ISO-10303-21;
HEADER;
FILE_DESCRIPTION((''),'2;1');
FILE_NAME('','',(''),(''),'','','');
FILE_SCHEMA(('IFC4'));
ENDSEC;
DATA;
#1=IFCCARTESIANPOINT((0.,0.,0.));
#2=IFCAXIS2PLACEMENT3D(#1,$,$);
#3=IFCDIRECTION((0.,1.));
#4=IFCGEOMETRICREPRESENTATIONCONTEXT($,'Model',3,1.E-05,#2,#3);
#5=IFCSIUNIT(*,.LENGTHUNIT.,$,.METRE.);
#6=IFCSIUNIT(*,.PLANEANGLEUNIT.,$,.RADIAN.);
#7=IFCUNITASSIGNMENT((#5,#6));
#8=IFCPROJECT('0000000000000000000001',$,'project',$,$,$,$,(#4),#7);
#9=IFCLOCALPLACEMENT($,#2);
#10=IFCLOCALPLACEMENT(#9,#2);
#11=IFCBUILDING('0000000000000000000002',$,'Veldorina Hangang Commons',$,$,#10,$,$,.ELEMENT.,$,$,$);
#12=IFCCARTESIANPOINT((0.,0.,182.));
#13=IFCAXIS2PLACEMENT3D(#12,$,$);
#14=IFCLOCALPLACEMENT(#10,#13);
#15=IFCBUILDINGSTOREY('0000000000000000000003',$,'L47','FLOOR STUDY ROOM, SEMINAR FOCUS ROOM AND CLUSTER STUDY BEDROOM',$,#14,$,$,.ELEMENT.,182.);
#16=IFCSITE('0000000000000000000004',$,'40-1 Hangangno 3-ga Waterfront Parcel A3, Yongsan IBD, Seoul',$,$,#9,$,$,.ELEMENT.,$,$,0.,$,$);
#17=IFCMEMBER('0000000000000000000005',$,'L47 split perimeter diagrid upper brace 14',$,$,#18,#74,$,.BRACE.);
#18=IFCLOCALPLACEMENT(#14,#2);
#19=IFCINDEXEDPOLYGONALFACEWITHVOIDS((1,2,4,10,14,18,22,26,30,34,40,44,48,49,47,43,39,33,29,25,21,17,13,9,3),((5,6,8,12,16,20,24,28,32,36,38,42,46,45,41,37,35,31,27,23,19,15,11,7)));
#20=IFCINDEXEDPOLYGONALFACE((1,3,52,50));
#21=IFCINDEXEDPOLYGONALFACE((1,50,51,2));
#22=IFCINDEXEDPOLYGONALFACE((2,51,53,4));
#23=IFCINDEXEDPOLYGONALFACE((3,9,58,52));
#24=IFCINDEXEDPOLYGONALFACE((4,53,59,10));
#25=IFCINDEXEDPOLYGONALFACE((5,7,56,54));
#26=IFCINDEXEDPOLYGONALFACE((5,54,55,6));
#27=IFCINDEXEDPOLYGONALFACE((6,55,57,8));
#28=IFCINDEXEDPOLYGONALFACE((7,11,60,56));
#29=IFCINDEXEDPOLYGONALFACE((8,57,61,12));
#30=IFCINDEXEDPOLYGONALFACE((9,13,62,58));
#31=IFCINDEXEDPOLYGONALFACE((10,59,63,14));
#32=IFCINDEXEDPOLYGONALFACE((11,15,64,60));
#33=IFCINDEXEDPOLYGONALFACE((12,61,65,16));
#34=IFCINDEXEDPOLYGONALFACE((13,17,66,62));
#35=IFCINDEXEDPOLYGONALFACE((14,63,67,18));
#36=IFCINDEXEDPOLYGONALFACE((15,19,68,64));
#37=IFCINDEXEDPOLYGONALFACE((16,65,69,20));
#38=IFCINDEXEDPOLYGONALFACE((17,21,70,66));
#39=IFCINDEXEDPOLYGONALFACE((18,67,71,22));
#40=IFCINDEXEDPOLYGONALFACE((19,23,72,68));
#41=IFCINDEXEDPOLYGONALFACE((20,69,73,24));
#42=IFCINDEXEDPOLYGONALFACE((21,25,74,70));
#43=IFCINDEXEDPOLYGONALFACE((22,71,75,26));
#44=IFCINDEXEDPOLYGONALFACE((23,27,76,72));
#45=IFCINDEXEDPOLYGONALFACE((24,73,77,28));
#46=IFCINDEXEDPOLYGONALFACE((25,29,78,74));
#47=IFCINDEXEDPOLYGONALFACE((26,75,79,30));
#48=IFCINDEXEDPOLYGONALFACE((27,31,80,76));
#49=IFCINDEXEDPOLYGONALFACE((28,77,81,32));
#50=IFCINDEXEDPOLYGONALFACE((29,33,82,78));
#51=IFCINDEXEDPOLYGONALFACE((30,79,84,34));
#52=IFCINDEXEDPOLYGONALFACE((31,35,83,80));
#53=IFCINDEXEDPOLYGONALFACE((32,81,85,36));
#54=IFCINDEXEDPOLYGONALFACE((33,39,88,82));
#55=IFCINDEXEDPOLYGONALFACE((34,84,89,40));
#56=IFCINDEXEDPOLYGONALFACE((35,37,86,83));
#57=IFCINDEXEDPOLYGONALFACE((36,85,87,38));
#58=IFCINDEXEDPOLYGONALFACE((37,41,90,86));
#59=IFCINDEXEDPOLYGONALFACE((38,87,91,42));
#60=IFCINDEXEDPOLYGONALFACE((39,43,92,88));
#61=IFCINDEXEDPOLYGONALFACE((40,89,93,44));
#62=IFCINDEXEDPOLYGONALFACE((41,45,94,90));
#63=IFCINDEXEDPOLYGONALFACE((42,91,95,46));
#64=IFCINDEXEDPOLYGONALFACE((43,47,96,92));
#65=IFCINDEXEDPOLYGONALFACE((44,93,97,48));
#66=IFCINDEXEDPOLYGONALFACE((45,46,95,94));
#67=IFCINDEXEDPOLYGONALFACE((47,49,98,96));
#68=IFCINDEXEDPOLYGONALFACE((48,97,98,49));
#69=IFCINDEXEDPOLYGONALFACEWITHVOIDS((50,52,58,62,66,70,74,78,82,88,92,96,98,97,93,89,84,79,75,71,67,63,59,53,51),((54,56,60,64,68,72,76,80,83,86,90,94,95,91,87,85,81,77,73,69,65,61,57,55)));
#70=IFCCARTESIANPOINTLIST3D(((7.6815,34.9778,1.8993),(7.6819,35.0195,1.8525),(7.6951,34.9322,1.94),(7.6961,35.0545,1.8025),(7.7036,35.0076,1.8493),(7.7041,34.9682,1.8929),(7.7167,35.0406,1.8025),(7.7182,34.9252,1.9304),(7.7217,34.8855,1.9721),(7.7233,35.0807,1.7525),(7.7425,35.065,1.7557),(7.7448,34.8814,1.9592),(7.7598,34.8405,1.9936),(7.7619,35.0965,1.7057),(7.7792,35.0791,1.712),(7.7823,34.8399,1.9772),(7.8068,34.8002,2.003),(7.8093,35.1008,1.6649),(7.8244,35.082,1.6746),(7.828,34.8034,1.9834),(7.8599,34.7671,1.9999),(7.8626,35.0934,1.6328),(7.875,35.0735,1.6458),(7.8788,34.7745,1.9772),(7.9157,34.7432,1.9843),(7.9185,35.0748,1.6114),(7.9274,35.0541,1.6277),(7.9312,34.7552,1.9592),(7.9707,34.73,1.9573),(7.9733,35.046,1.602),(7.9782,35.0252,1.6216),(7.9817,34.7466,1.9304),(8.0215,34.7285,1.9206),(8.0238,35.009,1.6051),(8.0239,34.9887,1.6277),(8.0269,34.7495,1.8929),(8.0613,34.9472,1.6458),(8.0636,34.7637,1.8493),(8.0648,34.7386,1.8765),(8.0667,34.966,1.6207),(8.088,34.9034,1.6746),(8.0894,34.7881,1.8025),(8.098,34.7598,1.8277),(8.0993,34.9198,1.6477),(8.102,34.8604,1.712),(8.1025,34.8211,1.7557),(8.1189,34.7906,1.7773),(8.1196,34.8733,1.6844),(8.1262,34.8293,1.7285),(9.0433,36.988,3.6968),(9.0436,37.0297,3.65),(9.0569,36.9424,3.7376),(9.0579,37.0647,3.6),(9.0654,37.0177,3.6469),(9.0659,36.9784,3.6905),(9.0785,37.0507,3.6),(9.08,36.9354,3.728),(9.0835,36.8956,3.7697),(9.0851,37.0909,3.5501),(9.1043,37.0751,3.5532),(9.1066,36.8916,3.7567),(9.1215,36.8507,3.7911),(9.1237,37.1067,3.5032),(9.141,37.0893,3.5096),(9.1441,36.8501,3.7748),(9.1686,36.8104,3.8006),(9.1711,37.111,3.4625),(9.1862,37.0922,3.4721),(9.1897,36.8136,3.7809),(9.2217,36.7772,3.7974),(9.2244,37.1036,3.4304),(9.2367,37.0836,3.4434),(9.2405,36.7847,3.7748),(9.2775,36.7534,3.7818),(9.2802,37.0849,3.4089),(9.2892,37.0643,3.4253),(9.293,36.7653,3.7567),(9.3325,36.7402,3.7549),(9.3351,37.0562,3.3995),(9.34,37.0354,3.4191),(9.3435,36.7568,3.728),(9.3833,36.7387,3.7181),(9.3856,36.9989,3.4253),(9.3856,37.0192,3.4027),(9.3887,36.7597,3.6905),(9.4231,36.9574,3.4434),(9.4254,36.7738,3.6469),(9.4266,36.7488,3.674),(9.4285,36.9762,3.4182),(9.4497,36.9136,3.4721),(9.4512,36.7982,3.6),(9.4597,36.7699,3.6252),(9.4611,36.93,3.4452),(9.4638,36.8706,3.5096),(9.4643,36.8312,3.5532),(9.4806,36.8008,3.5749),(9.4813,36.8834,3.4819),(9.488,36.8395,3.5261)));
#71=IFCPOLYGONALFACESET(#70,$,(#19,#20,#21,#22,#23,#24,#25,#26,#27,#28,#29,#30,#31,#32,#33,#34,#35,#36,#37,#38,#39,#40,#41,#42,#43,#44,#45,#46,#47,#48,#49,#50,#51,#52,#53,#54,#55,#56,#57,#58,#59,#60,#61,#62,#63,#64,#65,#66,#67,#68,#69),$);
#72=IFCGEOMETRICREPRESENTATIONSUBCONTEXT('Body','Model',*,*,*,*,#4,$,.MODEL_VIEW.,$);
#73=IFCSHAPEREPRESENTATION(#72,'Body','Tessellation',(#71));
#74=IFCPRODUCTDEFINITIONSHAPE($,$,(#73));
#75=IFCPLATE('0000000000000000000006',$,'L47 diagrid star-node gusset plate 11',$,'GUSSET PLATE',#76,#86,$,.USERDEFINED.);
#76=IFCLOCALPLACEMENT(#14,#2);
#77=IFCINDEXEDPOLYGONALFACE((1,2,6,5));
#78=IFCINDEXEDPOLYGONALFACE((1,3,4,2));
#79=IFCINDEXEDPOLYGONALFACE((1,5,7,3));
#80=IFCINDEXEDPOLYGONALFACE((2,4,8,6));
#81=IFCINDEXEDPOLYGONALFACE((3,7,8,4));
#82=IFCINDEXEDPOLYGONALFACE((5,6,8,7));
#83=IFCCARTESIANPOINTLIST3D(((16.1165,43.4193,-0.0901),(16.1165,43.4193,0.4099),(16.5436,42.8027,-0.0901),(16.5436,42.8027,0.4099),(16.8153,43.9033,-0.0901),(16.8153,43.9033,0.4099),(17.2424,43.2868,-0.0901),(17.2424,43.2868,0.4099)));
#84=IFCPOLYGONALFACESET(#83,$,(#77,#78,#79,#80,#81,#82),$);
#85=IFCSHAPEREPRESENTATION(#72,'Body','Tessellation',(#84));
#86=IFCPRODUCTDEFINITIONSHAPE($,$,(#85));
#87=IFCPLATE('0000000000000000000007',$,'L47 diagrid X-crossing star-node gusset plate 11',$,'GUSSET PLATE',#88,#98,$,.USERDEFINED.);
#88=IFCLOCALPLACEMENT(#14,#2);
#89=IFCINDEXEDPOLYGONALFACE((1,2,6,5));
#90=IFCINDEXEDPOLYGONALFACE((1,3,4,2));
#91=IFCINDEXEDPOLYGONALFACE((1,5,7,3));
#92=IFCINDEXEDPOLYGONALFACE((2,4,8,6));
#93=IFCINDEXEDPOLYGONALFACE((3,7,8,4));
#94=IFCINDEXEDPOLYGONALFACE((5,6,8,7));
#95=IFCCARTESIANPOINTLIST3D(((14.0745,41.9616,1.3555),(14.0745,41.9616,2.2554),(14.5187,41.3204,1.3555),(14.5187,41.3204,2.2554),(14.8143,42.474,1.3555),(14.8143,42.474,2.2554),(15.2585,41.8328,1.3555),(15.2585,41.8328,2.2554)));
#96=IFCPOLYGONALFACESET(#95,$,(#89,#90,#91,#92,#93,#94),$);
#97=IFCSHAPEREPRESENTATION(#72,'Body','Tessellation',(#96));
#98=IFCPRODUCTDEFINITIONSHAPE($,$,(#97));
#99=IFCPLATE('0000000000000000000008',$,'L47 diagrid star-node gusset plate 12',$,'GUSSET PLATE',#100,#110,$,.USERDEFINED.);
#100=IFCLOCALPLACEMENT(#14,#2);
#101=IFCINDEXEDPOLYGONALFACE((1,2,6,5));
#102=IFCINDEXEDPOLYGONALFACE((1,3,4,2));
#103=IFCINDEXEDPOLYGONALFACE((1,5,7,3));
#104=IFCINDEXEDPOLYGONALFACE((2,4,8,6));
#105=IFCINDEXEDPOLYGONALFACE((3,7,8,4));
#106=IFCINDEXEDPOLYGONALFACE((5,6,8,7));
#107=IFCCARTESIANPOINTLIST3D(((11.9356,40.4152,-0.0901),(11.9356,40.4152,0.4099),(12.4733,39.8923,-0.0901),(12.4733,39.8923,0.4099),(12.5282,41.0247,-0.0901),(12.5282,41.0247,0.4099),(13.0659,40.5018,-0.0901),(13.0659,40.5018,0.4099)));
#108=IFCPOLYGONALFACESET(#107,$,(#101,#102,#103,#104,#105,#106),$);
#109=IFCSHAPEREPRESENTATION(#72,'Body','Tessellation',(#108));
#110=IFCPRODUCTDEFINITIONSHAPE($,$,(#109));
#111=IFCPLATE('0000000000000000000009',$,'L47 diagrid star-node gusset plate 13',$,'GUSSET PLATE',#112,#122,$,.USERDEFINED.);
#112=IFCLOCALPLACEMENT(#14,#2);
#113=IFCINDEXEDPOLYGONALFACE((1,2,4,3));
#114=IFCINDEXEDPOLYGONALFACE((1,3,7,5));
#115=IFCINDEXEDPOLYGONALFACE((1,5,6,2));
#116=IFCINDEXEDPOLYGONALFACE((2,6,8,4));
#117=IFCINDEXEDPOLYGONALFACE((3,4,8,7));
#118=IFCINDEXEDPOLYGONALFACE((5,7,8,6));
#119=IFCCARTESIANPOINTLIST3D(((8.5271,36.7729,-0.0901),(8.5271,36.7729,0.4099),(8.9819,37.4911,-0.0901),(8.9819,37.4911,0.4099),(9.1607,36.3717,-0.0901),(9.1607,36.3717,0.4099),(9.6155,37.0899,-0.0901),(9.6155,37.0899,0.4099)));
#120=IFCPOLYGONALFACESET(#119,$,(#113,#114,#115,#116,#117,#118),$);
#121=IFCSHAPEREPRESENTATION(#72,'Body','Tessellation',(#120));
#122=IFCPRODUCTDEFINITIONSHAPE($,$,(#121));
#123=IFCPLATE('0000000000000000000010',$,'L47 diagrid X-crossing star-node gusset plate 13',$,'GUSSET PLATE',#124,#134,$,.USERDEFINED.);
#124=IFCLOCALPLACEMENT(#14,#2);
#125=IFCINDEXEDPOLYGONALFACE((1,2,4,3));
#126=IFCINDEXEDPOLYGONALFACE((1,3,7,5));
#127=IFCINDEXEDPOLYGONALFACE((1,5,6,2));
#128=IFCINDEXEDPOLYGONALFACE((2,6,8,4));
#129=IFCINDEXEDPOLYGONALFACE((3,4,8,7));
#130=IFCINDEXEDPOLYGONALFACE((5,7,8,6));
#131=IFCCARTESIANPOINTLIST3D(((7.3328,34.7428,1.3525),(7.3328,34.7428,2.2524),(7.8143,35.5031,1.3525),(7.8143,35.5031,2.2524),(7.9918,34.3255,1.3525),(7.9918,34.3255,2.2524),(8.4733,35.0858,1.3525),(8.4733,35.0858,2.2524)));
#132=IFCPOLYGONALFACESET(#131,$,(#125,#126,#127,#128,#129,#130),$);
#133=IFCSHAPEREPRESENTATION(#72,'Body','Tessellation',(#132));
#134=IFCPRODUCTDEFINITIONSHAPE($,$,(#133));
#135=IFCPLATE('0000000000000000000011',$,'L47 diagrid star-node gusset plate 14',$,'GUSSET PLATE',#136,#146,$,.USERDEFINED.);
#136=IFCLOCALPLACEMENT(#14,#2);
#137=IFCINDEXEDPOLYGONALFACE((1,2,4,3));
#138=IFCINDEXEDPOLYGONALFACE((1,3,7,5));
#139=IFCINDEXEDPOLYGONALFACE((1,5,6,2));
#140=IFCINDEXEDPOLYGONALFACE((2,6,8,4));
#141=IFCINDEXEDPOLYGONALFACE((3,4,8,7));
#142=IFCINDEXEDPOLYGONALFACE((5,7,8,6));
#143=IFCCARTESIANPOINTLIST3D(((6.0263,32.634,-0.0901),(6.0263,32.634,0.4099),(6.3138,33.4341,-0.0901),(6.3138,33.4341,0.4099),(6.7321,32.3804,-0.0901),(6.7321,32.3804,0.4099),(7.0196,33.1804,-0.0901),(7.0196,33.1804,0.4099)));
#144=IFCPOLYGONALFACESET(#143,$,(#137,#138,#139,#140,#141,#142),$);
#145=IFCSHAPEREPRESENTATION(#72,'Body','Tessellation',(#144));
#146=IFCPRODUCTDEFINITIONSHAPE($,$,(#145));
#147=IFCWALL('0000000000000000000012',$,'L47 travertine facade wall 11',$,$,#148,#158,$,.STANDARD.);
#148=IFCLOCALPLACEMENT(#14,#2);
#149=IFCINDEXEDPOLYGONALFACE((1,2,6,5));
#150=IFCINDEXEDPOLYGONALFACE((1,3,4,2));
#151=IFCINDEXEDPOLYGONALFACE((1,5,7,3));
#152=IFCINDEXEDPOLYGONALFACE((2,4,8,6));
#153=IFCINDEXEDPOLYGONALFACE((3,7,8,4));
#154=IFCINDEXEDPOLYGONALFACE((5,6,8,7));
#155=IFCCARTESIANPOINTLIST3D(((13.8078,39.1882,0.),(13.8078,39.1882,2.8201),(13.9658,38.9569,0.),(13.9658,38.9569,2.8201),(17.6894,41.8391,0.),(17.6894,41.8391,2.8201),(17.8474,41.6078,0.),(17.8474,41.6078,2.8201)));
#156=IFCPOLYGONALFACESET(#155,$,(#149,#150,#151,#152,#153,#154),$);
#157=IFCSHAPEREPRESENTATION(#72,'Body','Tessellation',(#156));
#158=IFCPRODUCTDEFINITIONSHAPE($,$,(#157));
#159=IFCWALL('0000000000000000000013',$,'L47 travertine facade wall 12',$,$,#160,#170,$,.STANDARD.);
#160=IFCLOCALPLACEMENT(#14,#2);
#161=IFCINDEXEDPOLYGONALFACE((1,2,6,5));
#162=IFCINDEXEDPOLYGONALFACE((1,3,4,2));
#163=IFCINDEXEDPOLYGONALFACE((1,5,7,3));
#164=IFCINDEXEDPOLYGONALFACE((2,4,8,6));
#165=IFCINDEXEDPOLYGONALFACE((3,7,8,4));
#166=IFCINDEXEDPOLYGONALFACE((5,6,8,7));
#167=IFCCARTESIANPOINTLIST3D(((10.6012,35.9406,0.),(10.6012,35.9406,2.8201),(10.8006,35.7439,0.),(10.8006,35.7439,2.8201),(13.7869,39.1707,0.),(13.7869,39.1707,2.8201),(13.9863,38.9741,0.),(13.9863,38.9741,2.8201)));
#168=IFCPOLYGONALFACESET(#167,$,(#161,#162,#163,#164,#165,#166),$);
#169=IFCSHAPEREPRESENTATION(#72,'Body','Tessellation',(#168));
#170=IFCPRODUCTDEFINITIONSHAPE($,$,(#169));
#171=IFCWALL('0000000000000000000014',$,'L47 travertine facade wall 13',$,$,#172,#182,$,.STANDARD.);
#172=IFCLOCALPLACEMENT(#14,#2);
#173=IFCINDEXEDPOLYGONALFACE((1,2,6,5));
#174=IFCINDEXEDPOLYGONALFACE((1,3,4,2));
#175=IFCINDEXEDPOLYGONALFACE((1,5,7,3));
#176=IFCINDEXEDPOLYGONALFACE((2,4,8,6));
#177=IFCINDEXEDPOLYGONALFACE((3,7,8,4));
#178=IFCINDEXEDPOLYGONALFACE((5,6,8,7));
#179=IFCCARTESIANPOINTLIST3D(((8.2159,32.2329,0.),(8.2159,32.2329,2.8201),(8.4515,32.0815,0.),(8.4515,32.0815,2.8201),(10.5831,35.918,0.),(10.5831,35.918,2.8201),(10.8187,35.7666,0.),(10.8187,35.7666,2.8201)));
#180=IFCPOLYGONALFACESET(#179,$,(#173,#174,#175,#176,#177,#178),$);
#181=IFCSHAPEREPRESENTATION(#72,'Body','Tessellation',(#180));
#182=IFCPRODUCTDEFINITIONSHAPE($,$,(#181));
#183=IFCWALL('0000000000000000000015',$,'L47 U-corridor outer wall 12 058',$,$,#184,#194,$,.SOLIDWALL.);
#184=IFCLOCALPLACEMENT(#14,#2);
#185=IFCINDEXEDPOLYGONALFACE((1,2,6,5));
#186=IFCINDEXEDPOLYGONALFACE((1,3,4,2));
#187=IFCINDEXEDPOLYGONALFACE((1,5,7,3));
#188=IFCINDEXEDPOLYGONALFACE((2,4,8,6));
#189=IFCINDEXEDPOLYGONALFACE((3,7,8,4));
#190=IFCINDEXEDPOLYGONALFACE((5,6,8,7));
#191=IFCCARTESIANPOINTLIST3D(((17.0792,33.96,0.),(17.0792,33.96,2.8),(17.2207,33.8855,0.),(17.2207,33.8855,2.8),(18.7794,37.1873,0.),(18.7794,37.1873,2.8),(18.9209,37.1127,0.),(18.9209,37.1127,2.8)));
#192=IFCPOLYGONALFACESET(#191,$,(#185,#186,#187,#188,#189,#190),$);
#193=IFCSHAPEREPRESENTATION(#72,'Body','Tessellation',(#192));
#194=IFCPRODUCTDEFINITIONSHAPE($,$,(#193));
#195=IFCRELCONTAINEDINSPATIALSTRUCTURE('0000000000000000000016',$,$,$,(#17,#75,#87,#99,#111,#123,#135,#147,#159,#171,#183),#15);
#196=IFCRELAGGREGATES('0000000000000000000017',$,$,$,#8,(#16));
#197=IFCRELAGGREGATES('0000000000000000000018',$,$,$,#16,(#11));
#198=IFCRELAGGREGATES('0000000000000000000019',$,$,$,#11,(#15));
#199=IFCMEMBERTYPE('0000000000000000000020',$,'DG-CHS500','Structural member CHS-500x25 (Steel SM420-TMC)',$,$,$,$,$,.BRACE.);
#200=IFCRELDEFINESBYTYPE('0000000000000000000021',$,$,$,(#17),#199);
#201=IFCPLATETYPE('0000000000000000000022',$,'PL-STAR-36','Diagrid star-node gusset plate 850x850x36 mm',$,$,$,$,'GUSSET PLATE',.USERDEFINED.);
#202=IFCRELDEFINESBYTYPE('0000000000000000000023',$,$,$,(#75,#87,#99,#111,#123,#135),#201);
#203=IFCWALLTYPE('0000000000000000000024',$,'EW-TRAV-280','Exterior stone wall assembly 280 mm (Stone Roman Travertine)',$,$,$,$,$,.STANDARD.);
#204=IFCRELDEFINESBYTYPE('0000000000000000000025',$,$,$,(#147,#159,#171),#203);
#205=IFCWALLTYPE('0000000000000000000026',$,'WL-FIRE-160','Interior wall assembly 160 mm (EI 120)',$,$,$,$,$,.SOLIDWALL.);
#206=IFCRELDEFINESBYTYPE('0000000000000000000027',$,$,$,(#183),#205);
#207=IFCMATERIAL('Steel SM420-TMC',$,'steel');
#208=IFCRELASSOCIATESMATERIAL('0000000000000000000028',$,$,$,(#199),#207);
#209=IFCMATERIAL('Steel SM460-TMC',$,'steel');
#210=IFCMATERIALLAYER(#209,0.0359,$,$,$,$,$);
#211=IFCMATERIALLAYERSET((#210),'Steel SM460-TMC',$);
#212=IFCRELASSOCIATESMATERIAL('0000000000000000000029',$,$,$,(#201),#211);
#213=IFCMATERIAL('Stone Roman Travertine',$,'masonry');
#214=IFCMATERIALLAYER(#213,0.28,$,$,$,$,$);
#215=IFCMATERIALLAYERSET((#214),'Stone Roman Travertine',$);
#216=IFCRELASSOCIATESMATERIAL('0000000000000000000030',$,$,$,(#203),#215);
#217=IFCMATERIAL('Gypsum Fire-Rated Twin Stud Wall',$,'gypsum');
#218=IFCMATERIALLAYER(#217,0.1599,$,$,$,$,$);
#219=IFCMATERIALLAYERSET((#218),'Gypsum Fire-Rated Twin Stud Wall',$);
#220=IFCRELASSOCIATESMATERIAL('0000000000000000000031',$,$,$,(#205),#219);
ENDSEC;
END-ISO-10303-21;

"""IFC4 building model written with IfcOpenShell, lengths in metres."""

from ifc_helpers import new_model, si_unit, direction, frame, frame_2d, origin, origin_2d, place, context, subcontext, project, spatial, rectangle, hollow_circle, extrude, material, layer, layer_set, material_profile, profile_set, type_object, element, save


model = new_model("IFC4")

# Units and contexts
model_context = context("Model", 3, precision=1e-05, world=origin(), true_north=direction((0.0, 1.0)))
body_context = subcontext(model_context, "Body", "Model", "MODEL_VIEW")
ifc_project = project(units=[si_unit("LENGTHUNIT", "METRE"), si_unit("PLANEANGLEUNIT", "RADIAN")], contexts=[model_context])

# Site, building, storey
site_placement = place(None, origin())
site = spatial("IfcSite", under=ifc_project, at=site_placement, Name="40-1 Hangangno 3-ga Waterfront Parcel A3, Yongsan IBD, Seoul", CompositionType="ELEMENT", RefElevation=0.0)
building_placement = place(site_placement, origin())
building = spatial("IfcBuilding", under=site, at=building_placement, Name="Veldorina Hangang Commons", CompositionType="ELEMENT")
storey_placement = place(building_placement, frame((0.0, 0.0, 182.0)))
storey = spatial("IfcBuildingStorey", under=building, at=storey_placement, Name="L47", Description="FLOOR STUDY ROOM, SEMINAR FOCUS ROOM AND CLUSTER STUDY BEDROOM", CompositionType="ELEMENT", Elevation=182.0)

# Shared definitions
ifc_material_1 = material(Name="Steel SM420-TMC", Category="steel")

# Member
ifc_material_profile_1 = material_profile(ifc_material_1, hollow_circle(Radius=0.25, WallThickness=0.0249, at=origin_2d()), Name="CHS-500x25")
ifc_profile_set_1 = profile_set([ifc_material_profile_1], Name="Steel SM420-TMC")
member_type = type_object("IfcMemberType", Name="DG-CHS500", Description="Structural member CHS-500x25 (Steel SM420-TMC)", PredefinedType="BRACE", material=ifc_profile_set_1)
member_1_placement = place(storey_placement, frame((7.9031, 34.9143, 1.8025), z_axis=(0.450768, 0.665404, 0.595017), x_axis=(-0.827913, 0.560857, 0.0)))
element("IfcMember", 1, at=member_1_placement, inside=storey, type_object=member_type, Name="L47 split perimeter diagrid upper brace 14", PredefinedType="BRACE", context=body_context, shape_type="SweptSolid", body=[
    extrude(hollow_circle(Radius=0.25, WallThickness=0.0249, at=origin_2d()), origin(), (0.0, 0.0, 1.0), 3.021),
])

# Plates
ifc_material_2 = material(Name="Steel SM460-TMC", Category="steel")
ifc_layer_1 = layer(ifc_material_2, 0.0359)
ifc_layer_set_1 = layer_set([ifc_layer_1], Name="Steel SM460-TMC")
plate_type = type_object("IfcPlateType", Name="PL-STAR-36", Description="Diagrid star-node gusset plate 850x850x36 mm", ElementType="GUSSET PLATE", PredefinedType="USERDEFINED", material=ifc_layer_set_1)
plate_1_placement = place(storey_placement, frame((16.6794, 43.353, -0.0901), z_axis=(0.0, 0.0, 1.0), x_axis=(-0.822045, -0.569423, 0.0)))
element("IfcPlate", 2, at=plate_1_placement, inside=storey, type_object=plate_type, Name="L47 diagrid star-node gusset plate 11", ObjectType="GUSSET PLATE", PredefinedType="USERDEFINED", context=body_context, shape_type="SweptSolid", body=[
    extrude(rectangle(XDim=0.8501, YDim=0.75, at=origin_2d()), origin(), (0.0, 0.0, 1.0), 0.5),
])
plate_2_placement = place(storey_placement, frame((14.6665, 41.8972, 1.3555), z_axis=(0.0, 0.0, 1.0), x_axis=(-0.822045, -0.569423, 0.0)))
element("IfcPlate", 3, at=plate_2_placement, inside=storey, type_object=plate_type, Name="L47 diagrid X-crossing star-node gusset plate 11", ObjectType="GUSSET PLATE", PredefinedType="USERDEFINED", context=body_context, shape_type="SweptSolid", body=[
    extrude(rectangle(XDim=0.8999, YDim=0.78, at=origin_2d()), origin(), (0.0, 0.0, 1.0), 0.8999),
])
for number, where, z_axis, x_axis, name in (
    (4, (12.5007, 40.4585, -0.0901), (0.0, 0.0, 1.0), (-0.697103, -0.716971, 0.0), "L47 diagrid star-node gusset plate 12"),
    (5, (9.0713, 36.9314, -0.0901), (0.0, 0.0, 1.0), (-0.535016, -0.844842, 0.0), "L47 diagrid star-node gusset plate 13"),
):
    element("IfcPlate", number, at=place(storey_placement, frame(where, z_axis=z_axis, x_axis=x_axis)), inside=storey, type_object=plate_type, Name=name, ObjectType="GUSSET PLATE", PredefinedType="USERDEFINED", context=body_context, shape_type="SweptSolid", body=[
        extrude(rectangle(XDim=0.8501, YDim=0.75, at=origin_2d()), origin(), (0.0, 0.0, 1.0), 0.5),
    ])
plate_3_placement = place(storey_placement, frame((7.9031, 34.9143, 1.3525), z_axis=(0.0, 0.0, 1.0), x_axis=(-0.535016, -0.844842, 0.0)))
element("IfcPlate", 6, at=plate_3_placement, inside=storey, type_object=plate_type, Name="L47 diagrid X-crossing star-node gusset plate 13", ObjectType="GUSSET PLATE", PredefinedType="USERDEFINED", context=body_context, shape_type="SweptSolid", body=[
    extrude(rectangle(XDim=0.8999, YDim=0.78, at=origin_2d()), origin(), (0.0, 0.0, 1.0), 0.8999),
])
plate_4_placement = place(storey_placement, frame((6.5229, 32.9072, -0.0901), z_axis=(0.0, 0.0, 1.0), x_axis=(-0.338196, -0.941076, 0.0)))
element("IfcPlate", 7, at=plate_4_placement, inside=storey, type_object=plate_type, Name="L47 diagrid star-node gusset plate 14", ObjectType="GUSSET PLATE", PredefinedType="USERDEFINED", context=body_context, shape_type="SweptSolid", body=[
    extrude(rectangle(XDim=0.8501, YDim=0.75, at=origin_2d()), origin(), (0.0, 0.0, 1.0), 0.5),
])

# Walls
ifc_material_3 = material(Name="Stone Roman Travertine", Category="masonry")
ifc_layer_2 = layer(ifc_material_3, 0.28)
ifc_layer_set_2 = layer_set([ifc_layer_2], Name="Stone Roman Travertine")
wall_type_1 = type_object("IfcWallType", Name="EW-TRAV-280", Description="Exterior stone wall assembly 280 mm (Stone Roman Travertine)", PredefinedType="STANDARD", material=ifc_layer_set_2)
wall_1_placement = place(storey_placement, frame((17.7683, 41.7234, 0.0), z_axis=(0.0, 0.0, 1.0), x_axis=(-0.825797, -0.563967, 0.0)))
element("IfcWall", 8, at=wall_1_placement, inside=storey, type_object=wall_type_1, Name="L47 travertine facade wall 11", PredefinedType="STANDARD", context=body_context, shape_type="SweptSolid", body=[
    extrude(rectangle(XDim=4.7004, YDim=0.28, at=frame_2d((2.3501, 0.0))), origin(), (0.0, 0.0, 1.0), 2.8201),
])
wall_2_placement = place(storey_placement, frame((13.8867, 39.0725, 0.0), z_axis=(0.0, 0.0, 1.0), x_axis=(-0.702193, -0.711987, 0.0)))
element("IfcWall", 9, at=wall_2_placement, inside=storey, type_object=wall_type_1, Name="L47 travertine facade wall 12", PredefinedType="STANDARD", context=body_context, shape_type="SweptSolid", body=[
    extrude(rectangle(XDim=4.5369, YDim=0.28, at=frame_2d((2.2686, 0.0))), origin(), (0.0, 0.0, 1.0), 2.8201),
])
wall_3_placement = place(storey_placement, frame((10.7009, 35.8423, 0.0), z_axis=(0.0, 0.0, 1.0), x_axis=(-0.54047, -0.841363, 0.0)))
element("IfcWall", 10, at=wall_3_placement, inside=storey, type_object=wall_type_1, Name="L47 travertine facade wall 13", PredefinedType="STANDARD", context=body_context, shape_type="SweptSolid", body=[
    extrude(rectangle(XDim=4.3799, YDim=0.28, at=frame_2d((2.1899, 0.0))), origin(), (0.0, 0.0, 1.0), 2.8201),
])
ifc_material_4 = material(Name="Gypsum Fire-Rated Twin Stud Wall", Category="gypsum")
ifc_layer_3 = layer(ifc_material_4, 0.1599)
ifc_layer_set_3 = layer_set([ifc_layer_3], Name="Gypsum Fire-Rated Twin Stud Wall")
wall_type_2 = type_object("IfcWallType", Name="WL-FIRE-160", Description="Interior wall assembly 160 mm (EI 120)", PredefinedType="SOLIDWALL", material=ifc_layer_set_3)
wall_4_placement = place(storey_placement, frame((18.8501, 37.1499, 0.0), z_axis=(0.0, 0.0, 1.0), x_axis=(-0.466094, -0.884735, 0.0)))
element("IfcWall", 11, at=wall_4_placement, inside=storey, type_object=wall_type_2, Name="L47 U-corridor outer wall 12 058", PredefinedType="SOLIDWALL", context=body_context, shape_type="SweptSolid", body=[
    extrude(rectangle(XDim=3.6477, YDim=0.1599, at=frame_2d((1.8237, 0.0))), origin(), (0.0, 0.0, 1.0), 2.8),
])

save(model, "model.ifc")
